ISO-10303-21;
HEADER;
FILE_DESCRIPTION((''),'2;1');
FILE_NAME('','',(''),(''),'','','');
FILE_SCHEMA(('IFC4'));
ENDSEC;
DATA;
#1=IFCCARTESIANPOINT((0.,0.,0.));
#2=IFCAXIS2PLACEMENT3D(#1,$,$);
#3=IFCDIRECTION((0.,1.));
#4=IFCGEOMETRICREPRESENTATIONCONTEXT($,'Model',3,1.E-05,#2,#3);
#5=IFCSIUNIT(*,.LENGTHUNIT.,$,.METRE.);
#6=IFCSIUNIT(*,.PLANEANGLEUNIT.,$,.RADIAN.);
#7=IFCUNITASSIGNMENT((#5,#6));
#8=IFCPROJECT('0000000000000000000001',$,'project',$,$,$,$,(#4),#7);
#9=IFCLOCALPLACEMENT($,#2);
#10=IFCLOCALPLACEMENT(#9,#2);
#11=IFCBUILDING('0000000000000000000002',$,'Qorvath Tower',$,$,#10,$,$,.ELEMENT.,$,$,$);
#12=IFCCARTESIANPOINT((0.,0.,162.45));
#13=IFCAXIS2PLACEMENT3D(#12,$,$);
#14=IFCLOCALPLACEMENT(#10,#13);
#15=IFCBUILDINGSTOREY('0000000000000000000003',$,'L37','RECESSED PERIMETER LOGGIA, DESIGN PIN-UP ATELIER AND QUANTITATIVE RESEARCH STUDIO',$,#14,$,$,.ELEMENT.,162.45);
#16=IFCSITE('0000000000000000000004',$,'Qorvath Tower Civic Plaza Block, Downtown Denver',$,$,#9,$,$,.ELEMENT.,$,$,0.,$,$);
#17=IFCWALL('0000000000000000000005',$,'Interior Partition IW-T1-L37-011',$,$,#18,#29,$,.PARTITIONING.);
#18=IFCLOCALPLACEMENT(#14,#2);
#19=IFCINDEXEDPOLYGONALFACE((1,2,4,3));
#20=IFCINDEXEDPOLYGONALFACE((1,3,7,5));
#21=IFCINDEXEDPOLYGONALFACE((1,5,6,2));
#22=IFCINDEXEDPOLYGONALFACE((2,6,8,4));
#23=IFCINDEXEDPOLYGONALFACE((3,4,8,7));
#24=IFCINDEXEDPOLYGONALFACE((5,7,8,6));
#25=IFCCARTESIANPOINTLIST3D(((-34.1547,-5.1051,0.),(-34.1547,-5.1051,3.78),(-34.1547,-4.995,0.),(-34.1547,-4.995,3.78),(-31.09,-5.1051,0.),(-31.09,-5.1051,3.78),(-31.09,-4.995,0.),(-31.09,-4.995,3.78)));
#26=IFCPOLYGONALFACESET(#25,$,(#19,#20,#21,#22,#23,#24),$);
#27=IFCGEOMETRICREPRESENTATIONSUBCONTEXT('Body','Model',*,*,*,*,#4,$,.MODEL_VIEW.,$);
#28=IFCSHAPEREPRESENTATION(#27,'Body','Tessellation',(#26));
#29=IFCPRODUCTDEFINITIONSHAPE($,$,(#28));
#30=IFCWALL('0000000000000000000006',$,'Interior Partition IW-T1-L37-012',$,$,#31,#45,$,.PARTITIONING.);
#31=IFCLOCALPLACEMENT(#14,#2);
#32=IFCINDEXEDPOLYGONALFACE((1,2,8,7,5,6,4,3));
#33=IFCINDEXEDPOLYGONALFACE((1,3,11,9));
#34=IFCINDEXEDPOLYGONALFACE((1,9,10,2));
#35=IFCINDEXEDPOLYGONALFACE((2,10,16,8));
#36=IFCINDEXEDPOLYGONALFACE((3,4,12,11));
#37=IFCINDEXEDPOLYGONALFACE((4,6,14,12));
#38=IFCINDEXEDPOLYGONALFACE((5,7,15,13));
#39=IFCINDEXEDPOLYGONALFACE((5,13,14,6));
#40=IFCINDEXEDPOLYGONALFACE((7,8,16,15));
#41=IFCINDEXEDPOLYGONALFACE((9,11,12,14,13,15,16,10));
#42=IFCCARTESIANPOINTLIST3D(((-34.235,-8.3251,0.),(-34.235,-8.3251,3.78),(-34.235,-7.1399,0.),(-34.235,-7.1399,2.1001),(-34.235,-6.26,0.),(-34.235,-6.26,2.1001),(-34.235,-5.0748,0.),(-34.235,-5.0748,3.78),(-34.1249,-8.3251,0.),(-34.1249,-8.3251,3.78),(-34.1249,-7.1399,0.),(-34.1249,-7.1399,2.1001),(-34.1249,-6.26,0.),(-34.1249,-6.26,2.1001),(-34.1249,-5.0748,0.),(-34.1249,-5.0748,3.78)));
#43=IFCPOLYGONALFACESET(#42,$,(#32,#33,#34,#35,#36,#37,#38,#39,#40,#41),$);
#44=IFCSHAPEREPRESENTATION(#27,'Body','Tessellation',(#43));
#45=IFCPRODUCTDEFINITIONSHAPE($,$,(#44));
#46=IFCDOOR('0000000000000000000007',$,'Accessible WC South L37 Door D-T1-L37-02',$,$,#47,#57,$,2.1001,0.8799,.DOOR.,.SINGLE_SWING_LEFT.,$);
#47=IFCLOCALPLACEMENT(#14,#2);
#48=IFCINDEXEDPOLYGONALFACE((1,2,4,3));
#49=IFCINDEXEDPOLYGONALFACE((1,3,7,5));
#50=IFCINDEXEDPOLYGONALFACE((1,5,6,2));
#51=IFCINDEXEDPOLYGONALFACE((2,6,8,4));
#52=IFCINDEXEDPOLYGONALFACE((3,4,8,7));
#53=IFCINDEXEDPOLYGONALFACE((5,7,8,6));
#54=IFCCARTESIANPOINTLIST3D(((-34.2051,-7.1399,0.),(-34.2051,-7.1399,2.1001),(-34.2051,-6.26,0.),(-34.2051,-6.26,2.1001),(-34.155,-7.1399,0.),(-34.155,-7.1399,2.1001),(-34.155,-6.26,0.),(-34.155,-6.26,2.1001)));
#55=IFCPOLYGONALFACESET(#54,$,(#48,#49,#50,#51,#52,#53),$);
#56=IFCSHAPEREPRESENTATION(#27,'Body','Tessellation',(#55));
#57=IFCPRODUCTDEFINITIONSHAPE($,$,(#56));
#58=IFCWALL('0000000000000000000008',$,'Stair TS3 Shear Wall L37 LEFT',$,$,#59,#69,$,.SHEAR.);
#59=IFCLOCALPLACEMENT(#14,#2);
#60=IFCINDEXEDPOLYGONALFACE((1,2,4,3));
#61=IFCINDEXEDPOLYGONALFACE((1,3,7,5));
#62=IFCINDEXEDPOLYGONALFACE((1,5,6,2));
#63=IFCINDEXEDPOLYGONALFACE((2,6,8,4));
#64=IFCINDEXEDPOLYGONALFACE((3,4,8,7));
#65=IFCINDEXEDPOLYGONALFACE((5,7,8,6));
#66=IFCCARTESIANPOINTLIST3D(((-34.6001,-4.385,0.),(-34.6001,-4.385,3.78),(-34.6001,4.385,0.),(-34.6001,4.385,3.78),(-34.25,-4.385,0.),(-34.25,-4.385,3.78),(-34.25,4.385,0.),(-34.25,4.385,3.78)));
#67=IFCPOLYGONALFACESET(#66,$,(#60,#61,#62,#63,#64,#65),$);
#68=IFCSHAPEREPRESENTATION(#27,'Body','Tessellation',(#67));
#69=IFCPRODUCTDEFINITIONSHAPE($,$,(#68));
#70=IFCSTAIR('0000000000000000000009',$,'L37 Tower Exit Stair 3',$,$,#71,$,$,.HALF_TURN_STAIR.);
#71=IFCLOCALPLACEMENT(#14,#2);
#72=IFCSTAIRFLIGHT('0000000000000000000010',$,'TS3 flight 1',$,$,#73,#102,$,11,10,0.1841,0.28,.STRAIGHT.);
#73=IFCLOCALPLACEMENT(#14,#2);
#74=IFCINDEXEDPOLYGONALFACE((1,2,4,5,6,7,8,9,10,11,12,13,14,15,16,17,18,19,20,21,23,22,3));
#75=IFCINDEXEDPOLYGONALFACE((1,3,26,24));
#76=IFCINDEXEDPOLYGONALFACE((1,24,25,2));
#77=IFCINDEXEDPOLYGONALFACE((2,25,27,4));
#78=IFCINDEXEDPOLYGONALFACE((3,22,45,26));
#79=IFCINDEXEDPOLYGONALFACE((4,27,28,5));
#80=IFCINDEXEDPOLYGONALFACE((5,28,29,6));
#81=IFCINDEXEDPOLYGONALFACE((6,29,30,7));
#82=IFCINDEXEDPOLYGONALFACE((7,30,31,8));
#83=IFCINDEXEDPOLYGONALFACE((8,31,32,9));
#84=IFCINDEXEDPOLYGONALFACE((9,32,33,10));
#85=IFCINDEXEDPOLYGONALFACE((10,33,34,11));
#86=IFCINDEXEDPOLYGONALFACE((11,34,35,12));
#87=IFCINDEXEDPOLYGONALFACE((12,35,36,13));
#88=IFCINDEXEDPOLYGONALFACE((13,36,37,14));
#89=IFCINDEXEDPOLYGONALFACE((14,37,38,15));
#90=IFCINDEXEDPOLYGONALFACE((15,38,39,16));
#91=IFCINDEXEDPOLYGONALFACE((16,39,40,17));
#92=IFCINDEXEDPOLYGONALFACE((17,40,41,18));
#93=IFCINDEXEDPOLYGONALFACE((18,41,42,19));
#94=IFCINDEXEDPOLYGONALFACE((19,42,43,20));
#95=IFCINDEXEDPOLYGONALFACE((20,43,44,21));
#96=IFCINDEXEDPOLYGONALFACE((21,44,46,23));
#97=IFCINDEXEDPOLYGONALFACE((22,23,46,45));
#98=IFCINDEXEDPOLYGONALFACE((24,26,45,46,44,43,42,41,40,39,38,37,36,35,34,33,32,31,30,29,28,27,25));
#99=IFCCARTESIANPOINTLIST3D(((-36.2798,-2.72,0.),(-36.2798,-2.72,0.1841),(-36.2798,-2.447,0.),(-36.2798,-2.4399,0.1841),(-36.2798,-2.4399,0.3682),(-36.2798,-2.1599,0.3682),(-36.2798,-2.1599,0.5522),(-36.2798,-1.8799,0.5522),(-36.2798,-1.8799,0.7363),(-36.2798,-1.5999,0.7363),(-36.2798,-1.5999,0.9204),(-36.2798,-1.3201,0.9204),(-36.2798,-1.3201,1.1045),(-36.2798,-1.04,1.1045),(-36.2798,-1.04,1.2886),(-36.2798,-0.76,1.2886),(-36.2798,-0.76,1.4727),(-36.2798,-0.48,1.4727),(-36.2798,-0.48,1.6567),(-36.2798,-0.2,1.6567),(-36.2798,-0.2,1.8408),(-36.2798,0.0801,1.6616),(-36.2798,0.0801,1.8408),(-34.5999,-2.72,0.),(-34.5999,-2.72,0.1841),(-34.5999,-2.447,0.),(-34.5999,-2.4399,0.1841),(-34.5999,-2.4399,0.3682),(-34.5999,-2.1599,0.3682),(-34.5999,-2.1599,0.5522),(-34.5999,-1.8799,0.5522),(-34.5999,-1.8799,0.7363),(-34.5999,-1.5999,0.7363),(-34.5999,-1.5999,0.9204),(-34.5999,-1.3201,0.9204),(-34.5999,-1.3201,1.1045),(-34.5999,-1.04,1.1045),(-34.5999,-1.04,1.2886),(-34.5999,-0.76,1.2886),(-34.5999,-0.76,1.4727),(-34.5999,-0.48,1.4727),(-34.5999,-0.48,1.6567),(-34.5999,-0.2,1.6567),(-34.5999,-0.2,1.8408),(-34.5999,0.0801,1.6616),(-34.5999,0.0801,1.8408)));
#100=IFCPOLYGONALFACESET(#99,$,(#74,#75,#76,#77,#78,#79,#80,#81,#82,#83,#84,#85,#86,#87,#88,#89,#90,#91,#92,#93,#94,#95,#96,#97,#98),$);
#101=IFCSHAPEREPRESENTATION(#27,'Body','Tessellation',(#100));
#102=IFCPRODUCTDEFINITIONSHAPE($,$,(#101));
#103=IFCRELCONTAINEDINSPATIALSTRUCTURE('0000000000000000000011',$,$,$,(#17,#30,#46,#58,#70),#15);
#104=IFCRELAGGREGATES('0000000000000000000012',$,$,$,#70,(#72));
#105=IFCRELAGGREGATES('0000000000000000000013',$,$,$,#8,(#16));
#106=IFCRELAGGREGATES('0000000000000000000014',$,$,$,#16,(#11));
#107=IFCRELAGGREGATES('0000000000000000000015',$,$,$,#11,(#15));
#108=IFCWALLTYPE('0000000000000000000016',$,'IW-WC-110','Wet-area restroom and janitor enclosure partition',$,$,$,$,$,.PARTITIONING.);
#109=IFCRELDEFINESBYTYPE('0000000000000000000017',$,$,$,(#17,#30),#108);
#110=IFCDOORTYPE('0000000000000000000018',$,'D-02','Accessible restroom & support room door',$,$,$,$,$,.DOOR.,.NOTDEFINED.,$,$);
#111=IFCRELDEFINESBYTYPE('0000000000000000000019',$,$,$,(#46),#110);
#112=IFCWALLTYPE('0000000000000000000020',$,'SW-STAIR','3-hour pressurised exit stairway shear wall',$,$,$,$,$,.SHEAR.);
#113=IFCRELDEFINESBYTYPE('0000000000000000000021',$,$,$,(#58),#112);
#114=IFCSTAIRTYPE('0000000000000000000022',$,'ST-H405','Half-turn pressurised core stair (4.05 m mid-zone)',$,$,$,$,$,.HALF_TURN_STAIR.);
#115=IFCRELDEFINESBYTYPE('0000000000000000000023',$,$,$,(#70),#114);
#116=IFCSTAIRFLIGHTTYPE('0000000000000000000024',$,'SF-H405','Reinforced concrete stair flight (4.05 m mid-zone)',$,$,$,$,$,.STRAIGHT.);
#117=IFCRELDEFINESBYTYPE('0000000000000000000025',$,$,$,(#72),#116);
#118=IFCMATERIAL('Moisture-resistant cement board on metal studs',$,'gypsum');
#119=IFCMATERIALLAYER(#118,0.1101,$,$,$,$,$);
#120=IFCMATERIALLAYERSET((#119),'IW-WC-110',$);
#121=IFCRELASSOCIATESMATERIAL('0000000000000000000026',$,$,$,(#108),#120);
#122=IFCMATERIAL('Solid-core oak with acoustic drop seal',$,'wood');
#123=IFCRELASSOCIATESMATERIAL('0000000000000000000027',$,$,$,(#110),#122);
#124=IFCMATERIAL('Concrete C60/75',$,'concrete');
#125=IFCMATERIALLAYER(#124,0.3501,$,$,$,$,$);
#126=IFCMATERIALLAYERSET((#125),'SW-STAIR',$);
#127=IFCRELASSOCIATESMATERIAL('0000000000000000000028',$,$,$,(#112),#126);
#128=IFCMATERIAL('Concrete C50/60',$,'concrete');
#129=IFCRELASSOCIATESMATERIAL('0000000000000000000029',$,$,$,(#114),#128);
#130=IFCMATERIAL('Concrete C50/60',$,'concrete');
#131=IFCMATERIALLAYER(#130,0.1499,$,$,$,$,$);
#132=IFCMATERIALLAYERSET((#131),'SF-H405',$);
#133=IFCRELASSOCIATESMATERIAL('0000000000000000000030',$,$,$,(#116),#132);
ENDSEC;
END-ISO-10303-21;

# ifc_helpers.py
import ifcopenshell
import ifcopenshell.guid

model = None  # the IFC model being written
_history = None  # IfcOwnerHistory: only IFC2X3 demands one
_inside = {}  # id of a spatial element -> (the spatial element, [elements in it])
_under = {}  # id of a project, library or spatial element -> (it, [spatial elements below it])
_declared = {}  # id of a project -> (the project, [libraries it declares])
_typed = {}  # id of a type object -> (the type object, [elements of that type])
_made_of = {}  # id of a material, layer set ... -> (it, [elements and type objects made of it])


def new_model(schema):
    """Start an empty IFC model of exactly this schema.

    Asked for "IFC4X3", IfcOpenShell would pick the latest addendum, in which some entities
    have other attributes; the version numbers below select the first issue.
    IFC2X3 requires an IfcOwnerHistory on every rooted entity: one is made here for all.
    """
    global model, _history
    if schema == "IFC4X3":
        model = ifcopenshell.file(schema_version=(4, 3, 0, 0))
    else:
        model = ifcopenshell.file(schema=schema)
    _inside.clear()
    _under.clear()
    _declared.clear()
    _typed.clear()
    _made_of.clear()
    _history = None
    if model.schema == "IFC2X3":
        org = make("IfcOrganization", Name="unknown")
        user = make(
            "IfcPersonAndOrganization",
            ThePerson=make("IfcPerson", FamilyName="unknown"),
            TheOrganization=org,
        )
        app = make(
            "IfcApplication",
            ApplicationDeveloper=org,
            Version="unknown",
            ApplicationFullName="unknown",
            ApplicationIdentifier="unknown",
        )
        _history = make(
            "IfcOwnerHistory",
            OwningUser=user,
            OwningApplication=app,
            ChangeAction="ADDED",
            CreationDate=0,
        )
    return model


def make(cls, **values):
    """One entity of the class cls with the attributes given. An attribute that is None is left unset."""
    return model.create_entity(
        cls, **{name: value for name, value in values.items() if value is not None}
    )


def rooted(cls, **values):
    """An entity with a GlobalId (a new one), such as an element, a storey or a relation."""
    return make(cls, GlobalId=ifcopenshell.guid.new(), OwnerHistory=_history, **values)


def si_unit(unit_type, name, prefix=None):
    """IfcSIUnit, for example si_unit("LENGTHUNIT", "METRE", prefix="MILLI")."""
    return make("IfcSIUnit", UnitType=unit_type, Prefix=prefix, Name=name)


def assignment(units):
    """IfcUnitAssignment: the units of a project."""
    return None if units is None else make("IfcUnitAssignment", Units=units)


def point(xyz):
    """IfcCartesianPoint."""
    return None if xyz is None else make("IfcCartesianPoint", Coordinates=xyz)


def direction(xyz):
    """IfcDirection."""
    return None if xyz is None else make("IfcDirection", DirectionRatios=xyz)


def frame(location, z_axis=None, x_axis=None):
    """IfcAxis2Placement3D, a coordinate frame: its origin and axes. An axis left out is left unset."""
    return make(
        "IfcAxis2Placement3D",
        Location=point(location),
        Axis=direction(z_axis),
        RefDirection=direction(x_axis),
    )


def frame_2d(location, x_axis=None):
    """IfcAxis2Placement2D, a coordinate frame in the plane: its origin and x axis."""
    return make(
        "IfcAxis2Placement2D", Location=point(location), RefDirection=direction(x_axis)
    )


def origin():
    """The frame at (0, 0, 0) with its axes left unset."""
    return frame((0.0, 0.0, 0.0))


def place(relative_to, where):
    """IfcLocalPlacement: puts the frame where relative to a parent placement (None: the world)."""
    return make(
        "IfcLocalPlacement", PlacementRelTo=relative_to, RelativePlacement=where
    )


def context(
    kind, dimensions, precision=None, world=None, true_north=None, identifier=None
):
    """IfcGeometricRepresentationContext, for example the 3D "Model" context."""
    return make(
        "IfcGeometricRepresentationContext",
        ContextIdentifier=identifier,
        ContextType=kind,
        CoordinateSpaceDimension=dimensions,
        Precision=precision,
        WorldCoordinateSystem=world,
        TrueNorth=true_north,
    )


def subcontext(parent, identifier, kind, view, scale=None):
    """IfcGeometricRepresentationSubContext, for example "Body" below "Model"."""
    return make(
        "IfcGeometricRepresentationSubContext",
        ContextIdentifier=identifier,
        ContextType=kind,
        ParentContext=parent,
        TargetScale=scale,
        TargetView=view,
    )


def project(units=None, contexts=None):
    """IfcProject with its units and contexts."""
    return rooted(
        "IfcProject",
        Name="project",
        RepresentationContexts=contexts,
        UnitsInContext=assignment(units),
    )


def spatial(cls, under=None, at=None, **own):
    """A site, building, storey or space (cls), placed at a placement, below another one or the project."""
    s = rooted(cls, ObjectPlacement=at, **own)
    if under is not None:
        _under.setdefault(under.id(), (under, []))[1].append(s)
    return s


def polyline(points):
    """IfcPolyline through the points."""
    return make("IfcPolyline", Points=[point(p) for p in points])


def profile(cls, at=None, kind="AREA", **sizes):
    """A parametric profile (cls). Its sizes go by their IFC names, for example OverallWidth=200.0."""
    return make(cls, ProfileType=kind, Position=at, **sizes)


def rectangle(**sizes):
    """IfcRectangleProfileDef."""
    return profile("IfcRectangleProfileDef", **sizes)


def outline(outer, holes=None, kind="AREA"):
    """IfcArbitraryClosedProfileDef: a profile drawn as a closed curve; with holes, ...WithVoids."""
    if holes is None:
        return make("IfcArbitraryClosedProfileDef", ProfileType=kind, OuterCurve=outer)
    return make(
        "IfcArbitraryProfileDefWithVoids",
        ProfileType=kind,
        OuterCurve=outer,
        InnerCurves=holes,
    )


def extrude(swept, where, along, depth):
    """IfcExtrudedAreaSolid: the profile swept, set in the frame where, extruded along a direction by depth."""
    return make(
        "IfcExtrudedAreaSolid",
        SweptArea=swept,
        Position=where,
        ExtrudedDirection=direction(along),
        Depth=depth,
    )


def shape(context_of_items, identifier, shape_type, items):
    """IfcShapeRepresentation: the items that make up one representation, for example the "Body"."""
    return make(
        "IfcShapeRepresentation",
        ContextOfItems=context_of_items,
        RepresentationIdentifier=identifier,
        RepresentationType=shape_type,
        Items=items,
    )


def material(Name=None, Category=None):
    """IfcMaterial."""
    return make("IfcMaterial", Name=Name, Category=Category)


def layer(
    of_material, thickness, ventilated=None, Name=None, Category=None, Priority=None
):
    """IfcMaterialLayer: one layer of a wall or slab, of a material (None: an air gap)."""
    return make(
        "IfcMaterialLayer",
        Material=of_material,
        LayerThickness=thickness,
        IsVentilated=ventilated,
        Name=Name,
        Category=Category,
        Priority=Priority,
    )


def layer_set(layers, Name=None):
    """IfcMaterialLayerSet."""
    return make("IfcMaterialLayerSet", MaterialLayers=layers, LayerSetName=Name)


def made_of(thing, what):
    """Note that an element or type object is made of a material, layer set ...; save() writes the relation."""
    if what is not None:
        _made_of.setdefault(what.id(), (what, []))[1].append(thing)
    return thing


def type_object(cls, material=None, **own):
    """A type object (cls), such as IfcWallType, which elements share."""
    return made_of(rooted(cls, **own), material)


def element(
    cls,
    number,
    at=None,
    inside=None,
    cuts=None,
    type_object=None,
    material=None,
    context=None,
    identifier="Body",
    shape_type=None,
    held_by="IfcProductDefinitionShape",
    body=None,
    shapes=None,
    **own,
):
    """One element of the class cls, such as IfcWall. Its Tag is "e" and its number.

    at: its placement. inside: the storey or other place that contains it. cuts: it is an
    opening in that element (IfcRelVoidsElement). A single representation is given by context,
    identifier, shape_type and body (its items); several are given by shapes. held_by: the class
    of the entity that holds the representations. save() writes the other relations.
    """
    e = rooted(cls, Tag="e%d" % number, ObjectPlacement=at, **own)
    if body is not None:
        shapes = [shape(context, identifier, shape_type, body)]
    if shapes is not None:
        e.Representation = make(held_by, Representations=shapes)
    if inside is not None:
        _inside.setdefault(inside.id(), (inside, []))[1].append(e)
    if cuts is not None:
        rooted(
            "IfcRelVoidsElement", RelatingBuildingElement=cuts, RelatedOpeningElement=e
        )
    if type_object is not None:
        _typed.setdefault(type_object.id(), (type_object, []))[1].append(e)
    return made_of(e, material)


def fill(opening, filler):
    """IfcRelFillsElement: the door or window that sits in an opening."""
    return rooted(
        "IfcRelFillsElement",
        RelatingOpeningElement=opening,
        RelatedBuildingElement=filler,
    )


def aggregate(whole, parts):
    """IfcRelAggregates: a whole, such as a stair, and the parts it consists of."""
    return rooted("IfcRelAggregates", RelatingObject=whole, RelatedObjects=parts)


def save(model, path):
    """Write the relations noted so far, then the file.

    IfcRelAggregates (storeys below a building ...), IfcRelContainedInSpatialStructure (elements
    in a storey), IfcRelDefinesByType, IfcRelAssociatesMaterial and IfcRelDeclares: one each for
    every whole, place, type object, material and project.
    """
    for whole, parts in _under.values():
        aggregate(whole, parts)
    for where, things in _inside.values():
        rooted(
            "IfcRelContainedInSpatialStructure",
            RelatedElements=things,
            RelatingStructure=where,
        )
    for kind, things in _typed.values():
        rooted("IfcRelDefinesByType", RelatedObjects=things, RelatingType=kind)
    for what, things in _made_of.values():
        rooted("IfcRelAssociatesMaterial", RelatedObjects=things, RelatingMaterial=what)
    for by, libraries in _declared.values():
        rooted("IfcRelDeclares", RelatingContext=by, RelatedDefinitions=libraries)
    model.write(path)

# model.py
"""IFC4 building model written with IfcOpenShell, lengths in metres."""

from ifc_helpers import new_model, si_unit, direction, frame, frame_2d, origin, place, context, subcontext, project, spatial, polyline, rectangle, outline, extrude, material, layer, layer_set, type_object, element, fill, aggregate, save


model = new_model("IFC4")

# Units and contexts
model_context = context("Model", 3, precision=1e-05, world=origin(), true_north=direction((0.0, 1.0)))
body_context = subcontext(model_context, "Body", "Model", "MODEL_VIEW")
ifc_project = project(units=[si_unit("LENGTHUNIT", "METRE"), si_unit("PLANEANGLEUNIT", "RADIAN")], contexts=[model_context])

# Site, building, storey
site_placement = place(None, origin())
site = spatial("IfcSite", under=ifc_project, at=site_placement, Name="Qorvath Tower Civic Plaza Block, Downtown Denver", CompositionType="ELEMENT", RefElevation=0.0)
building_placement = place(site_placement, origin())
building = spatial("IfcBuilding", under=site, at=building_placement, Name="Qorvath Tower", CompositionType="ELEMENT")
storey_placement = place(building_placement, frame((0.0, 0.0, 162.45)))
storey = spatial("IfcBuildingStorey", under=building, at=storey_placement, Name="L37", Description="RECESSED PERIMETER LOGGIA, DESIGN PIN-UP ATELIER AND QUANTITATIVE RESEARCH STUDIO", CompositionType="ELEMENT", Elevation=162.45)

# Wall
ifc_material_1 = material(Name="Moisture-resistant cement board on metal studs", Category="gypsum")
ifc_layer_1 = layer(ifc_material_1, 0.1101)
ifc_layer_set_1 = layer_set([ifc_layer_1], Name="IW-WC-110")
wall_type_1 = type_object("IfcWallType", Name="IW-WC-110", Description="Wet-area restroom and janitor enclosure partition", PredefinedType="PARTITIONING", material=ifc_layer_set_1)
wall_1_placement = place(storey_placement, frame((-31.0901, -5.05, 0.0), z_axis=(0.0, 0.0, 1.0), x_axis=(-1.0, 0.0, 0.0)))
element("IfcWall", 1, at=wall_1_placement, inside=storey, type_object=wall_type_1, Name="Interior Partition IW-T1-L37-011", PredefinedType="PARTITIONING", context=body_context, shape_type="SweptSolid", body=[
    extrude(rectangle(XDim=3.0647, YDim=0.1101, at=frame_2d((1.5322, 0.0))), origin(), (0.0, 0.0, 1.0), 3.78),
])

# Wall, opening, door
wall_2_placement = place(storey_placement, frame((-34.1799, -5.075, 0.0), z_axis=(0.0, 0.0, 1.0), x_axis=(0.0, -1.0, 0.0)))
wall_2 = element("IfcWall", 2, at=wall_2_placement, inside=storey, type_object=wall_type_1, Name="Interior Partition IW-T1-L37-012", PredefinedType="PARTITIONING", context=body_context, shape_type="SweptSolid", body=[
    extrude(rectangle(XDim=3.2502, YDim=0.1101, at=frame_2d((1.625, 0.0))), origin(), (0.0, 0.0, 1.0), 3.78),
])
opening_placement = place(wall_2_placement, frame((1.1851, 0.0, 0.0)))
opening = element("IfcOpeningElement", 3, at=opening_placement, cuts=wall_2, PredefinedType="OPENING", context=body_context, shape_type="SweptSolid", body=[
    extrude(rectangle(XDim=0.8799, YDim=2.1001, at=frame_2d((0.4399, 1.05))), frame((0.0, 0.0649, 0.0), z_axis=(0.0, -1.0, 0.0), x_axis=(1.0, 0.0, 0.0)), (0.0, 0.0, 1.0), 0.1301),
])
ifc_material_2 = material(Name="Solid-core oak with acoustic drop seal", Category="wood")
door_type = type_object("IfcDoorType", Name="D-02", Description="Accessible restroom & support room door", OperationType="NOTDEFINED", PredefinedType="DOOR", material=ifc_material_2)
door_placement = place(opening_placement, origin())
door = element("IfcDoor", 4, at=door_placement, inside=storey, type_object=door_type, Name="Accessible WC South L37 Door D-T1-L37-02", OperationType="SINGLE_SWING_LEFT", OverallHeight=2.1001, OverallWidth=0.8799, PredefinedType="DOOR", context=body_context, shape_type="SweptSolid", body=[
    extrude(rectangle(XDim=0.8799, YDim=2.1001, at=frame_2d((0.4399, 1.05))), frame((0.0, 0.0249, 0.0), z_axis=(0.0, -1.0, 0.0), x_axis=(1.0, 0.0, 0.0)), (0.0, 0.0, 1.0), 0.05),
])
fill(opening, door)

# Wall
ifc_material_3 = material(Name="Concrete C60/75", Category="concrete")
ifc_layer_2 = layer(ifc_material_3, 0.3501)
ifc_layer_set_2 = layer_set([ifc_layer_2], Name="SW-STAIR")
wall_type_2 = type_object("IfcWallType", Name="SW-STAIR", Description="3-hour pressurised exit stairway shear wall", PredefinedType="SHEAR", material=ifc_layer_set_2)
wall_3_placement = place(storey_placement, frame((-34.425, -4.385, 0.0), z_axis=(0.0, 0.0, 1.0), x_axis=(0.0, 1.0, 0.0)))
element("IfcWall", 5, at=wall_3_placement, inside=storey, type_object=wall_type_2, Name="Stair TS3 Shear Wall L37 LEFT", PredefinedType="SHEAR", context=body_context, shape_type="SweptSolid", body=[
    extrude(rectangle(XDim=8.77, YDim=0.3501, at=frame_2d((4.385, 0.0))), origin(), (0.0, 0.0, 1.0), 3.78),
])

# Stair, stair flight
ifc_material_4 = material(Name="Concrete C50/60", Category="concrete")
stair_type = type_object("IfcStairType", Name="ST-H405", Description="Half-turn pressurised core stair (4.05 m mid-zone)", PredefinedType="HALF_TURN_STAIR", material=ifc_material_4)
stair_placement = place(storey_placement, origin())
stair = element("IfcStair", 6, at=stair_placement, inside=storey, type_object=stair_type, Name="L37 Tower Exit Stair 3", PredefinedType="HALF_TURN_STAIR")
ifc_material_5 = material(Name="Concrete C50/60", Category="concrete")
ifc_layer_3 = layer(ifc_material_5, 0.1499)
ifc_layer_set_3 = layer_set([ifc_layer_3], Name="SF-H405")
stair_flight_type = type_object("IfcStairFlightType", Name="SF-H405", Description="Reinforced concrete stair flight (4.05 m mid-zone)", PredefinedType="STRAIGHT", material=ifc_layer_set_3)
stair_flight_placement = place(storey_placement, frame((-35.4399, -2.72, 0.0), z_axis=(0.0, 0.0, 1.0), x_axis=(0.0, 1.0, 0.0)))
stair_flight = element("IfcStairFlight", 7, at=stair_flight_placement, type_object=stair_flight_type, Name="TS3 flight 1", NumberOfRisers=11, NumberOfTreads=10, PredefinedType="STRAIGHT", RiserHeight=0.1841, TreadLength=0.28, context=body_context, shape_type="SweptSolid", body=[
    extrude(outline(polyline([(0.0, 0.0), (0.0, 0.1841), (0.28, 0.1841), (0.28, 0.3682), (0.5601, 0.3682), (0.5601, 0.5522), (0.8401, 0.5522), (0.8401, 0.7363), (1.1201, 0.7363), (1.1201, 0.9204), (1.3999, 0.9204), (1.3999, 1.1045), (1.6799, 1.1045), (1.6799, 1.2886), (1.96, 1.2886), (1.96, 1.4727), (2.24, 1.4727), (2.24, 1.6567), (2.52, 1.6567), (2.52, 1.8408), (2.8, 1.8408), (2.8, 2.0249), (2.8, 1.6616), (0.2729, 0.0), (0.0, 0.0)])), frame((0.0, 0.8398, 0.0), z_axis=(0.0, -1.0, 0.0), x_axis=(1.0, 0.0, 0.0)), (0.0, 0.0, 1.0), 1.6799),
])
aggregate(stair, [stair_flight])

save(model, "model.ifc")
